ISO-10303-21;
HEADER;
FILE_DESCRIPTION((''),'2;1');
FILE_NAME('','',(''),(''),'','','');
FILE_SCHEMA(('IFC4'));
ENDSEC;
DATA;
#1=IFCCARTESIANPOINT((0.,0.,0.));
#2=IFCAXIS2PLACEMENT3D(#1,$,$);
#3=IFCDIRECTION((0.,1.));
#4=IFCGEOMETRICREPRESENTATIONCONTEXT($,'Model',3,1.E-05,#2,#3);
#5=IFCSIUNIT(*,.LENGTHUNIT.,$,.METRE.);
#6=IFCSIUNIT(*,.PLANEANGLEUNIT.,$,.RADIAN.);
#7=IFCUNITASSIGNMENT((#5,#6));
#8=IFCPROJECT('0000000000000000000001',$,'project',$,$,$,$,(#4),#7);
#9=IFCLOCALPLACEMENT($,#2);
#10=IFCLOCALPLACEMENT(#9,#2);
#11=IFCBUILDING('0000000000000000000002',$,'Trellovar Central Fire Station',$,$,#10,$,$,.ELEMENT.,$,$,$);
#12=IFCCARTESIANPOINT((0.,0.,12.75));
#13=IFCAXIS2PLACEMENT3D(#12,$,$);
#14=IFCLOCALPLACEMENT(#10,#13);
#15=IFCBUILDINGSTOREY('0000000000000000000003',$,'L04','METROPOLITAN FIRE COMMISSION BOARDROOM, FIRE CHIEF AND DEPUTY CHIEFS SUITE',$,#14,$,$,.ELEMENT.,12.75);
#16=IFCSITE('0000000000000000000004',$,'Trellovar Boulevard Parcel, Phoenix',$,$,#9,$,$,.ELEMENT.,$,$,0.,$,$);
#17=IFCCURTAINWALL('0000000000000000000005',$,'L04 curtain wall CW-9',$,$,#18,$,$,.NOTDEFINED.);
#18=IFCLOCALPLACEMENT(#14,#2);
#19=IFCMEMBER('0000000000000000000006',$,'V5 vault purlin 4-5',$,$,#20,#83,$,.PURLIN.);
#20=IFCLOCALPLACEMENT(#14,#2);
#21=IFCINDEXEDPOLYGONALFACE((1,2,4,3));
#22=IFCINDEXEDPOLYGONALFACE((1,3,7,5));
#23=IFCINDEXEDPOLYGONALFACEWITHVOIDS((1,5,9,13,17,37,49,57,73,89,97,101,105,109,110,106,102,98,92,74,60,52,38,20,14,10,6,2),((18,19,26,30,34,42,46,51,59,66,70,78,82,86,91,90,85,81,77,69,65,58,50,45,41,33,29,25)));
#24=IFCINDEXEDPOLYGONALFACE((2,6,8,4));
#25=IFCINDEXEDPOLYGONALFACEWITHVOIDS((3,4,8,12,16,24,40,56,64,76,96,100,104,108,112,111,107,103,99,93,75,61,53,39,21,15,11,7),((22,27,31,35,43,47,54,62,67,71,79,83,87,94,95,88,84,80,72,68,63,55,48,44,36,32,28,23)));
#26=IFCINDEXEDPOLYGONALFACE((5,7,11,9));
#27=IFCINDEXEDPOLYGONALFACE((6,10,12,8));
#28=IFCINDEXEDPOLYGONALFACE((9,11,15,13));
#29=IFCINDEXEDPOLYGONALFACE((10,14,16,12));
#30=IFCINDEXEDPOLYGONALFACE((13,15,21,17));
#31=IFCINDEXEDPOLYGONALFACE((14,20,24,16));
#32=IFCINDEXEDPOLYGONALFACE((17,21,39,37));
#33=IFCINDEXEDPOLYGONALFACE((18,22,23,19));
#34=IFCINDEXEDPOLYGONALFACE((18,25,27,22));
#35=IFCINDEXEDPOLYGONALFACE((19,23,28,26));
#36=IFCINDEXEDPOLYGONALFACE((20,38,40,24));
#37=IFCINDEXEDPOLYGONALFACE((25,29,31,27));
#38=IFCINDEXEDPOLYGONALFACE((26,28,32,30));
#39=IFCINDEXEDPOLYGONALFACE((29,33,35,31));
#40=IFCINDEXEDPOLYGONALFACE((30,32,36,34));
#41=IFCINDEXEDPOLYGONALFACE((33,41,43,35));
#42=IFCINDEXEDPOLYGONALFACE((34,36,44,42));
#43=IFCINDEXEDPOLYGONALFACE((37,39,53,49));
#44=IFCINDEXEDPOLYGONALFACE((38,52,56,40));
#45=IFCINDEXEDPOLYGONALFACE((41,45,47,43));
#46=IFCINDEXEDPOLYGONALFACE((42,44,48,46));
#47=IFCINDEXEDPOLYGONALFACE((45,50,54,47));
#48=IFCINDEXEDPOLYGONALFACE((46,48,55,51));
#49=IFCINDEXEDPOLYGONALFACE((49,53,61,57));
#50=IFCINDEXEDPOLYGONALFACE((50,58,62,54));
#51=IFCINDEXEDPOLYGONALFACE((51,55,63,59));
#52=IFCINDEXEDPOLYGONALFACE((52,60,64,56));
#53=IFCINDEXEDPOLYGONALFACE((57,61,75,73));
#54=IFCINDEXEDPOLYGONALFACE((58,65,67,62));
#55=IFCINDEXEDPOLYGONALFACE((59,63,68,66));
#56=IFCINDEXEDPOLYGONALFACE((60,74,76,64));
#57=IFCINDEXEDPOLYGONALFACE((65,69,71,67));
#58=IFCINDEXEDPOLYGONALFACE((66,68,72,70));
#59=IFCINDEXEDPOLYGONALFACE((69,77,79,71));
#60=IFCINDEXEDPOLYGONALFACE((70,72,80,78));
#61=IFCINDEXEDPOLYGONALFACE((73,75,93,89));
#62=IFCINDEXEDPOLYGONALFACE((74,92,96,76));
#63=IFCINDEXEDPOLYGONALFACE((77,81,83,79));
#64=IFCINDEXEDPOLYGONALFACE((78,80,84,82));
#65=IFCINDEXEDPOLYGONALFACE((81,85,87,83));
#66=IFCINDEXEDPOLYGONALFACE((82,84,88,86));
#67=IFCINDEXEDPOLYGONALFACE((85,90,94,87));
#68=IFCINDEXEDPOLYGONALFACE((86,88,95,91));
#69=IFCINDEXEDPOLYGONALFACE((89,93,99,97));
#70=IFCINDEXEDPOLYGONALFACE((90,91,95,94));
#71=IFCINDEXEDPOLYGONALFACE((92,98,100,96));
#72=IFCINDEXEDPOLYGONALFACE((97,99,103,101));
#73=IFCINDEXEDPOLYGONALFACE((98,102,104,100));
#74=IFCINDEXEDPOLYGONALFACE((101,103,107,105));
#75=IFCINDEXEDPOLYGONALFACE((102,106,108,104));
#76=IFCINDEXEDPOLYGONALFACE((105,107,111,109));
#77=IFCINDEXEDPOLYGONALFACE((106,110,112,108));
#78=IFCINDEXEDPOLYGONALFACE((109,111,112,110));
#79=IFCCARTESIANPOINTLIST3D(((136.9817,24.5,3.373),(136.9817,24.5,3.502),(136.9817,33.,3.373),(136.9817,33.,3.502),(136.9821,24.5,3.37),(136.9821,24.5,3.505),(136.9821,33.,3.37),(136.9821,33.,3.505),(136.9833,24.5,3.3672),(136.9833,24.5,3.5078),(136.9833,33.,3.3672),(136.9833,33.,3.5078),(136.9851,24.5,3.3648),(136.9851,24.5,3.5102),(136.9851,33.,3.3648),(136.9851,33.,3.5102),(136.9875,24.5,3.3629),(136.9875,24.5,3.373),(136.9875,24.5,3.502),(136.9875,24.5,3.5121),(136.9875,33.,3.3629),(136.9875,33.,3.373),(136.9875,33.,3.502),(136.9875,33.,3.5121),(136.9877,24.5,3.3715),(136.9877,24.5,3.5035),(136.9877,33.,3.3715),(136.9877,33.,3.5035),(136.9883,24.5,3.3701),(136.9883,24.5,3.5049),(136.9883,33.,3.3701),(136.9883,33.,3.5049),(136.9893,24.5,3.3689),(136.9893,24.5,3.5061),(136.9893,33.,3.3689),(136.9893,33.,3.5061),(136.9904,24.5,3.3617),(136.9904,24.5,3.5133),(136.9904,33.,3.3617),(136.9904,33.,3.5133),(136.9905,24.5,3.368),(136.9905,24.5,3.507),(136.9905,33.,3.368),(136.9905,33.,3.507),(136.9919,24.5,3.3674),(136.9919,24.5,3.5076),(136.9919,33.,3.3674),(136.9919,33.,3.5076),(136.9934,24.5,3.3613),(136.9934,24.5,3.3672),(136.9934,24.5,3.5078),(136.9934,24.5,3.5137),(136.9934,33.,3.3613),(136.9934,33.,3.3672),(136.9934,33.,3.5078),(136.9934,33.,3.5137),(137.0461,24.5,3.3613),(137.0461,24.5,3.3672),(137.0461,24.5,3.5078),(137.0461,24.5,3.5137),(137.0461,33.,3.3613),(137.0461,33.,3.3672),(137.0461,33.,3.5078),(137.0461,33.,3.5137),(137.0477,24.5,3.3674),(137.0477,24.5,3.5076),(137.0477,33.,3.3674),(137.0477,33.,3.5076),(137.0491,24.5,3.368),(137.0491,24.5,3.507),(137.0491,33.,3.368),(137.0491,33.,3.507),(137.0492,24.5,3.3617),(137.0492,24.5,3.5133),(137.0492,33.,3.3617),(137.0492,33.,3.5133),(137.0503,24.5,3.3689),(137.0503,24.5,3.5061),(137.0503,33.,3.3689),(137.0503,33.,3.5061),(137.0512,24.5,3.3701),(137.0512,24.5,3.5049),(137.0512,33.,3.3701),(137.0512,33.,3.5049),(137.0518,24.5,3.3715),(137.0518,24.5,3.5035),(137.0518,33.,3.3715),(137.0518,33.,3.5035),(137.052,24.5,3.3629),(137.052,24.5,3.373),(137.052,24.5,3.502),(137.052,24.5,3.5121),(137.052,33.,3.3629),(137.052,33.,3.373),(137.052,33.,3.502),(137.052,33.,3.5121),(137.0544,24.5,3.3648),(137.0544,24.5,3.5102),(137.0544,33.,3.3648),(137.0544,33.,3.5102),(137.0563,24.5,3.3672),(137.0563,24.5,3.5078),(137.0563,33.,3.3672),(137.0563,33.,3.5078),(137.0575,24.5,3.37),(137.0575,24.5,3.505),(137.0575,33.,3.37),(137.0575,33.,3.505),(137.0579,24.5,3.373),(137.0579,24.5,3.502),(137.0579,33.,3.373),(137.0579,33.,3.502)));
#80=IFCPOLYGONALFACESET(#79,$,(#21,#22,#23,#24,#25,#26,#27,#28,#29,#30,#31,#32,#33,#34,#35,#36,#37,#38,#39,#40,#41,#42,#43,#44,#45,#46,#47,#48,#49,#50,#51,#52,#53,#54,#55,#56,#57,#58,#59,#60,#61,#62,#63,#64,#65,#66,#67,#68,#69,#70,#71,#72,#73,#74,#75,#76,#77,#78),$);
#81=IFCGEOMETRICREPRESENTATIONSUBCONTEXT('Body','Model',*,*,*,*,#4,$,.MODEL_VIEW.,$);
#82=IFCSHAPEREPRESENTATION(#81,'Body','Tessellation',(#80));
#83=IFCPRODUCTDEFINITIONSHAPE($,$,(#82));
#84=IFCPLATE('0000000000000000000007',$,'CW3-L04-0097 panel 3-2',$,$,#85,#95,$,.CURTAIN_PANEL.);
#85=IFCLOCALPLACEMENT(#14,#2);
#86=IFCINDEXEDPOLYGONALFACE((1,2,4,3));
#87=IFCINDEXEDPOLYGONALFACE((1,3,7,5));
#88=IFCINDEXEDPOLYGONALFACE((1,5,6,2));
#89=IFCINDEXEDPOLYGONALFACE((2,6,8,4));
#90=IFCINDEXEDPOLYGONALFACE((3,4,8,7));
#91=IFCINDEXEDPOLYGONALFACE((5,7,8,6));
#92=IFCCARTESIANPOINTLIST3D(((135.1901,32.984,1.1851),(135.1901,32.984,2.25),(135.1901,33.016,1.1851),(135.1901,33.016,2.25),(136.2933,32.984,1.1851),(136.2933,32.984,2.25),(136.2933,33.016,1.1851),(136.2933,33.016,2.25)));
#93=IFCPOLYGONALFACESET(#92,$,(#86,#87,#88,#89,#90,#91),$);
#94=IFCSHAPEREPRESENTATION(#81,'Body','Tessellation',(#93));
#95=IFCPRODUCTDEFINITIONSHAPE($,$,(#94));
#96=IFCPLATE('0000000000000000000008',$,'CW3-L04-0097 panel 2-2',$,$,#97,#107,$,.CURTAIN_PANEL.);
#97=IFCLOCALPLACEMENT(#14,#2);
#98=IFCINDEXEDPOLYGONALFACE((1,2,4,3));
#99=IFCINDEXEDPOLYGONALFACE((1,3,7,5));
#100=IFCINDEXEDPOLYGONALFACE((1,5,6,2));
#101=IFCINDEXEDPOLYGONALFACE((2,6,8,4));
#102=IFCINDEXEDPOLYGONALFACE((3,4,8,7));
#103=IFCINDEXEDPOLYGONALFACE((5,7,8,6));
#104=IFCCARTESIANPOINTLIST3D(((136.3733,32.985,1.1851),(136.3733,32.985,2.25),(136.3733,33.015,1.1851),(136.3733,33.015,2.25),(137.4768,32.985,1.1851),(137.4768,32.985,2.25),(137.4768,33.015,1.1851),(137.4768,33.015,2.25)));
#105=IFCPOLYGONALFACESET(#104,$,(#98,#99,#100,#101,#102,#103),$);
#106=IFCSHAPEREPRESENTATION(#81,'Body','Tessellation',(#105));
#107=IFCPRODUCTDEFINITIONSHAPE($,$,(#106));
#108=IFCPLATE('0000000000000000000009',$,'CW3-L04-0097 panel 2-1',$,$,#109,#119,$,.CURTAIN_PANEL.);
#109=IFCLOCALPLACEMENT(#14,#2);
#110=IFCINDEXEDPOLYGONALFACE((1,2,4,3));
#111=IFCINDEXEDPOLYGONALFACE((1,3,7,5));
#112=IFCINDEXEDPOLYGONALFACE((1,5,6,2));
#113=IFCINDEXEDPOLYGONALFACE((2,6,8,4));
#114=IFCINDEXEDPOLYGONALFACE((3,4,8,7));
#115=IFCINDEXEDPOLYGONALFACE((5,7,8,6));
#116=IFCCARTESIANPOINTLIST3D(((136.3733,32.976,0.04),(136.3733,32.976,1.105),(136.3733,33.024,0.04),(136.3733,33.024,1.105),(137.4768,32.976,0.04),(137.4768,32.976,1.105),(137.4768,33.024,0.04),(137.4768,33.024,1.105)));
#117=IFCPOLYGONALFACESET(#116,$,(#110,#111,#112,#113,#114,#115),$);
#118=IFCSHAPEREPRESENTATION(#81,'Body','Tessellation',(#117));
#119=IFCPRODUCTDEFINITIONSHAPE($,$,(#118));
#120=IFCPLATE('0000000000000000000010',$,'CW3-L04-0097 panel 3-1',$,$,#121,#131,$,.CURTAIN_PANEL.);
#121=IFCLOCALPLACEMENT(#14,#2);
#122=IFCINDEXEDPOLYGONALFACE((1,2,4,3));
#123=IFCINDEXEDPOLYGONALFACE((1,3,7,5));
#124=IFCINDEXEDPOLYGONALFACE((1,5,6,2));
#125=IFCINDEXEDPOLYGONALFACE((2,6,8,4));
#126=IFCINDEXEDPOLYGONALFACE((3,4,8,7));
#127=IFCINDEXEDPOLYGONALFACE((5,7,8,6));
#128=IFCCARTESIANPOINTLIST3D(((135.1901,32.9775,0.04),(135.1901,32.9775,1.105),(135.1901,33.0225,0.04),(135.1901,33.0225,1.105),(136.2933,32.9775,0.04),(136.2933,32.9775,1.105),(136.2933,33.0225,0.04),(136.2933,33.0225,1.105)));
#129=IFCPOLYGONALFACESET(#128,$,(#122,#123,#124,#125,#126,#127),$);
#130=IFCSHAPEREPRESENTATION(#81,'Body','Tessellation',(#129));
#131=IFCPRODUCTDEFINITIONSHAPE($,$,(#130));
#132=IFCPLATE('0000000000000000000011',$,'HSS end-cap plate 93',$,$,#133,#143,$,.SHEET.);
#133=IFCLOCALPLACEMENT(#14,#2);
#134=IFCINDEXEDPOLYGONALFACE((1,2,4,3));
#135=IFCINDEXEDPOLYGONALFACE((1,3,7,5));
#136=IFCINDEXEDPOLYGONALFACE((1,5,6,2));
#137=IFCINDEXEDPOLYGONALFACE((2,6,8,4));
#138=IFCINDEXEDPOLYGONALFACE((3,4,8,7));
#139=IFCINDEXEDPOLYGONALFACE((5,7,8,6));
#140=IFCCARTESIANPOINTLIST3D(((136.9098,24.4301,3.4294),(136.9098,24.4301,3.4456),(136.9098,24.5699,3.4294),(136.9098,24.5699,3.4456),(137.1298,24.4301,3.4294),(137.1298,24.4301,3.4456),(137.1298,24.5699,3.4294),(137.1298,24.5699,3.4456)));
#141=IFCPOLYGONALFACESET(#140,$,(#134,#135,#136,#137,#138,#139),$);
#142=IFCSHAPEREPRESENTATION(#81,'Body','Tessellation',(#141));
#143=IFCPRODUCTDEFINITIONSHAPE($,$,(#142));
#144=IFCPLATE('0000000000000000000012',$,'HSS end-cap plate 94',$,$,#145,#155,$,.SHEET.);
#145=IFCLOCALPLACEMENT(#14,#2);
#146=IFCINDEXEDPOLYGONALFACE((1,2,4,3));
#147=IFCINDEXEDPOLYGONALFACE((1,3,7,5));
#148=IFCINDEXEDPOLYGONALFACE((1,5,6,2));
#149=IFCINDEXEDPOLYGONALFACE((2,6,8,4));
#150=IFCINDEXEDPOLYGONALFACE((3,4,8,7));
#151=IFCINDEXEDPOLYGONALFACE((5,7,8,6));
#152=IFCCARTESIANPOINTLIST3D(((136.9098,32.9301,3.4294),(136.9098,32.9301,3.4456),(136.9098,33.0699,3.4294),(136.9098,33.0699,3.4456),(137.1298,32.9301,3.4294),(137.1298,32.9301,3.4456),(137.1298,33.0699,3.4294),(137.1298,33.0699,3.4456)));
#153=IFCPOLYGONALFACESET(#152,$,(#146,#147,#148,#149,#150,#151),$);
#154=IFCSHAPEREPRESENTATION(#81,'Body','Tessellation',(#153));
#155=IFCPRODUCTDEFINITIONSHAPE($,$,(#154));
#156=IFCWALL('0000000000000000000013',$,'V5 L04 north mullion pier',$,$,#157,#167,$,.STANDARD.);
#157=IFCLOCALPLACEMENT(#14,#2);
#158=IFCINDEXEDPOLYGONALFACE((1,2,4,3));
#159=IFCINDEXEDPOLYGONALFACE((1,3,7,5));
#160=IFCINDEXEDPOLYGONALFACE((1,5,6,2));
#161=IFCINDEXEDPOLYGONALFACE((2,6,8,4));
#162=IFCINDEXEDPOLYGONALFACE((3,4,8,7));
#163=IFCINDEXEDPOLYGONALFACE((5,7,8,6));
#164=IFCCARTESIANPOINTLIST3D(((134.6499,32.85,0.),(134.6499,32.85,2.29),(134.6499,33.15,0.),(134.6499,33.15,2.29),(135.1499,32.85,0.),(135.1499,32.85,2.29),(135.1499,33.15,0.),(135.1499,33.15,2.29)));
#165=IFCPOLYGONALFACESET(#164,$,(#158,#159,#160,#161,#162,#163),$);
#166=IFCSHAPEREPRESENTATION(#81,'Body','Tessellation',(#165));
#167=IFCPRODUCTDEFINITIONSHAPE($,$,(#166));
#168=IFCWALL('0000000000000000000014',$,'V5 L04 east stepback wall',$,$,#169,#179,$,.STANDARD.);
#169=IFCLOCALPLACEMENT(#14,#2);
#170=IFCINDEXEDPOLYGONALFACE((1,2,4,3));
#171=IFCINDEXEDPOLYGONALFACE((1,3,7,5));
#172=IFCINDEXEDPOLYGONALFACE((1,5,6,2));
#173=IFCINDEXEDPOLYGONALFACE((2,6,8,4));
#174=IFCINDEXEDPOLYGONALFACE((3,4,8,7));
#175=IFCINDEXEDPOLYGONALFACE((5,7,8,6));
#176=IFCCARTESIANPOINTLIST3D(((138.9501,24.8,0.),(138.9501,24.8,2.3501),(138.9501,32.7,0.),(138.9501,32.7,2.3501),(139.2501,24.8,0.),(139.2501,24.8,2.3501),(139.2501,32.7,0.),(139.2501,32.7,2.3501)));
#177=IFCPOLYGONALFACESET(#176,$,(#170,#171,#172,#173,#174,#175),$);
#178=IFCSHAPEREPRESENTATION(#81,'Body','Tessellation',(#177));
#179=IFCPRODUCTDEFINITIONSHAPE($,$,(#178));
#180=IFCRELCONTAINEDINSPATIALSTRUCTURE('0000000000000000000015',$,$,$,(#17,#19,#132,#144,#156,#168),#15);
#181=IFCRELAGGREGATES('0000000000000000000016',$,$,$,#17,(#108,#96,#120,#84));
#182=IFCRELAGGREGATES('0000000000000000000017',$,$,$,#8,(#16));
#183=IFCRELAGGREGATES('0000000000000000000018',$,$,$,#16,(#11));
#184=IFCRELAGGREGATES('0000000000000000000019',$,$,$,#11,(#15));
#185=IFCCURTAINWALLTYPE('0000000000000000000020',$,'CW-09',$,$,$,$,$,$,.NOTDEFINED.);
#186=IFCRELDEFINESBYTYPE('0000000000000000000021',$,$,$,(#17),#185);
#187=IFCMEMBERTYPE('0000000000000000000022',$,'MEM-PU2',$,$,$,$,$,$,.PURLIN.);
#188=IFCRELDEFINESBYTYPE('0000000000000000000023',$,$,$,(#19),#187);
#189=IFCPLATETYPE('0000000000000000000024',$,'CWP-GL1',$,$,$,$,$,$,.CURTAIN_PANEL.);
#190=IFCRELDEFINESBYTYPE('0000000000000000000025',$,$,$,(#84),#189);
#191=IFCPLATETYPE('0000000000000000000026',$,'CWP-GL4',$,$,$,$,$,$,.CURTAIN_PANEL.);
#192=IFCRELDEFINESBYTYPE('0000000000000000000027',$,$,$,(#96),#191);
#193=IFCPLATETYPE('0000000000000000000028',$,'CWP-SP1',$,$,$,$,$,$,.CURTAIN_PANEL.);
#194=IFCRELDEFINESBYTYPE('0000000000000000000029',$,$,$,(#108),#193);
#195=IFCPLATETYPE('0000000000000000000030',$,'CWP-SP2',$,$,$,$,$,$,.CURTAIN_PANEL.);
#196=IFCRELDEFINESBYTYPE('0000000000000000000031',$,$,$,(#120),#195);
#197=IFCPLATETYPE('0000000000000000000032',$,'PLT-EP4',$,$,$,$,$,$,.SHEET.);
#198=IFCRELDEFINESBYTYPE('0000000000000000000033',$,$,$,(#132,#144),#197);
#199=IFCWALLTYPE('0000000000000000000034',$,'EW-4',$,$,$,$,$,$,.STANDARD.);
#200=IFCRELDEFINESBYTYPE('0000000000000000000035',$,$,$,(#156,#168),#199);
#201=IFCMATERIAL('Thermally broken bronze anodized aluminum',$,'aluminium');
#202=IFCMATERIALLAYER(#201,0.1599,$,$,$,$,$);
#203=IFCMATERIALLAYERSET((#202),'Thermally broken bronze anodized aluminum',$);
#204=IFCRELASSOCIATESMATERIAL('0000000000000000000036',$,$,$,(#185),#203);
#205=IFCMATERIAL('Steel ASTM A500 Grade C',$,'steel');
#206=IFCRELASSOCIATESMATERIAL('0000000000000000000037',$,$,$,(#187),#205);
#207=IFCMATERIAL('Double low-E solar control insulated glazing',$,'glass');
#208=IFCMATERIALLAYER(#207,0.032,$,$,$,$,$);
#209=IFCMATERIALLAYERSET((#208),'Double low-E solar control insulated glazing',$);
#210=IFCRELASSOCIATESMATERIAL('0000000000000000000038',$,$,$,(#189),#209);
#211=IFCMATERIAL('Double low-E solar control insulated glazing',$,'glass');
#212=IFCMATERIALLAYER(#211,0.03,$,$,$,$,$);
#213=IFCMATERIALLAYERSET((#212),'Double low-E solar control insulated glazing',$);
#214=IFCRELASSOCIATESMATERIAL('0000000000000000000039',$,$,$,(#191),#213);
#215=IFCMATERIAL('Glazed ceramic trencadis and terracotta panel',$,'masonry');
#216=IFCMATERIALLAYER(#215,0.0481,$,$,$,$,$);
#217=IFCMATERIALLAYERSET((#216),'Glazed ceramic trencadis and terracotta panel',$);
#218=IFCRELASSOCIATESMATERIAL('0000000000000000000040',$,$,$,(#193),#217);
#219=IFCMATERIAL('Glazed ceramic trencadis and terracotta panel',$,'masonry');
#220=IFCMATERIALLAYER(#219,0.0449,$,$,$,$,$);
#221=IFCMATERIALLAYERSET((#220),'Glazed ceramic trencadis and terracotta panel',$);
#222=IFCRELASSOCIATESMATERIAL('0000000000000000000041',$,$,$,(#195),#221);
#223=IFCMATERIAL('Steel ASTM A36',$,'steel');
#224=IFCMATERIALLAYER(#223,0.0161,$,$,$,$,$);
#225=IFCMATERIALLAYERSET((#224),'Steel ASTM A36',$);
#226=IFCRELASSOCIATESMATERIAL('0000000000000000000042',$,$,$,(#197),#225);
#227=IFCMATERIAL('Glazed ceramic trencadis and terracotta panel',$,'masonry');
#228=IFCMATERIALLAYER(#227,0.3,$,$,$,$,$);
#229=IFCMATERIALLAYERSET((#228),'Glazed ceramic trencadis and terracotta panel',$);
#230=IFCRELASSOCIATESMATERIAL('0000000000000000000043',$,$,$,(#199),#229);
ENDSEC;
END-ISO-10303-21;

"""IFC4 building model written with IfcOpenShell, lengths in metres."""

from ifc_helpers import new_model, si_unit, direction, frame, frame_2d, origin, origin_2d, place, context, subcontext, project, spatial, rectangle, hollow_rectangle, extrude, material, layer, layer_set, material_profile, profile_set, type_object, element, aggregate, save


model = new_model("IFC4")

# Units and contexts
model_context = context("Model", 3, precision=1e-05, world=origin(), true_north=direction((0.0, 1.0)))
body_context = subcontext(model_context, "Body", "Model", "MODEL_VIEW")
ifc_project = project(units=[si_unit("LENGTHUNIT", "METRE"), si_unit("PLANEANGLEUNIT", "RADIAN")], contexts=[model_context])

# Site, building, storey
site_placement = place(None, origin())
site = spatial("IfcSite", under=ifc_project, at=site_placement, Name="Trellovar Boulevard Parcel, Phoenix", CompositionType="ELEMENT", RefElevation=0.0)
building_placement = place(site_placement, origin())
building = spatial("IfcBuilding", under=site, at=building_placement, Name="Trellovar Central Fire Station", CompositionType="ELEMENT")
storey_placement = place(building_placement, frame((0.0, 0.0, 12.75)))
storey = spatial("IfcBuildingStorey", under=building, at=storey_placement, Name="L04", Description="METROPOLITAN FIRE COMMISSION BOARDROOM, FIRE CHIEF AND DEPUTY CHIEFS SUITE", CompositionType="ELEMENT", Elevation=12.75)

# Curtain wall
ifc_material_1 = material(Name="Thermally broken bronze anodized aluminum", Category="aluminium")
ifc_layer_1 = layer(ifc_material_1, 0.1599)
ifc_layer_set_1 = layer_set([ifc_layer_1], Name="Thermally broken bronze anodized aluminum")
curtain_wall_type_1 = type_object("IfcCurtainWallType", Name="CW-09", PredefinedType="NOTDEFINED", material=ifc_layer_set_1)
curtain_wall_1_placement = place(storey_placement, origin())
curtain_wall_1 = element("IfcCurtainWall", 1, at=curtain_wall_1_placement, inside=storey, type_object=curtain_wall_type_1, Name="L04 curtain wall CW-9", PredefinedType="NOTDEFINED")

# Member
ifc_material_2 = material(Name="Steel ASTM A500 Grade C", Category="steel")
ifc_material_profile_1 = material_profile(ifc_material_2, hollow_rectangle(XDim=0.0762, YDim=0.1523, WallThickness=0.0059, InnerFilletRadius=0.0059, OuterFilletRadius=0.0117, at=origin_2d()), Name="HSS6X3X1/4")
ifc_profile_set_1 = profile_set([ifc_material_profile_1], Name="Steel ASTM A500 Grade C")
member_type_1 = type_object("IfcMemberType", Name="MEM-PU2", PredefinedType="PURLIN", material=ifc_profile_set_1)
member_1_placement = place(storey_placement, frame((137.0198, 24.5, 3.4375), z_axis=(0.0, 1.0, 0.0), x_axis=(-1.0, 0.0, 0.0)))
element("IfcMember", 2, at=member_1_placement, inside=storey, type_object=member_type_1, Name="V5 vault purlin 4-5", PredefinedType="PURLIN", context=body_context, shape_type="SweptSolid", body=[
    extrude(hollow_rectangle(XDim=0.0762, YDim=0.1523, WallThickness=0.0059, InnerFilletRadius=0.0059, OuterFilletRadius=0.0117, at=origin_2d()), origin(), (0.0, 0.0, 1.0), 8.5),
])

# Plates
ifc_material_3 = material(Name="Double low-E solar control insulated glazing", Category="glass")
ifc_layer_2 = layer(ifc_material_3, 0.032)
ifc_layer_set_2 = layer_set([ifc_layer_2], Name="Double low-E solar control insulated glazing")
plate_type_1 = type_object("IfcPlateType", Name="CWP-GL1", PredefinedType="CURTAIN_PANEL", material=ifc_layer_set_2)
plate_1_placement = place(storey_placement, frame((135.7417, 33.0, 1.1851), z_axis=(0.0, 0.0, 1.0), x_axis=(-1.0, 0.0, 0.0)))
plate_1 = element("IfcPlate", 3, at=plate_1_placement, type_object=plate_type_1, Name="CW3-L04-0097 panel 3-2", PredefinedType="CURTAIN_PANEL", context=body_context, shape_type="SweptSolid", body=[
    extrude(rectangle(XDim=1.1033, YDim=0.032, at=origin_2d()), origin(), (0.0, 0.0, 1.0), 1.0649),
])
ifc_material_4 = material(Name="Double low-E solar control insulated glazing", Category="glass")
ifc_layer_3 = layer(ifc_material_4, 0.03)
ifc_layer_set_3 = layer_set([ifc_layer_3], Name="Double low-E solar control insulated glazing")
plate_type_2 = type_object("IfcPlateType", Name="CWP-GL4", PredefinedType="CURTAIN_PANEL", material=ifc_layer_set_3)
plate_2_placement = place(storey_placement, frame((136.925, 33.0, 1.1851), z_axis=(0.0, 0.0, 1.0), x_axis=(-1.0, 0.0, 0.0)))
plate_2 = element("IfcPlate", 4, at=plate_2_placement, type_object=plate_type_2, Name="CW3-L04-0097 panel 2-2", PredefinedType="CURTAIN_PANEL", context=body_context, shape_type="SweptSolid", body=[
    extrude(rectangle(XDim=1.1035, YDim=0.03, at=origin_2d()), origin(), (0.0, 0.0, 1.0), 1.0649),
])
ifc_material_5 = material(Name="Glazed ceramic trencadis and terracotta panel", Category="masonry")
ifc_layer_4 = layer(ifc_material_5, 0.0481)
ifc_layer_set_4 = layer_set([ifc_layer_4], Name="Glazed ceramic trencadis and terracotta panel")
plate_type_3 = type_object("IfcPlateType", Name="CWP-SP1", PredefinedType="CURTAIN_PANEL", material=ifc_layer_set_4)
plate_3_placement = place(storey_placement, frame((136.925, 33.0, 0.04), z_axis=(0.0, 0.0, 1.0), x_axis=(-1.0, 0.0, 0.0)))
plate_3 = element("IfcPlate", 5, at=plate_3_placement, type_object=plate_type_3, Name="CW3-L04-0097 panel 2-1", PredefinedType="CURTAIN_PANEL", context=body_context, shape_type="SweptSolid", body=[
    extrude(rectangle(XDim=1.1035, YDim=0.0481, at=origin_2d()), origin(), (0.0, 0.0, 1.0), 1.0649),
])
ifc_material_6 = material(Name="Glazed ceramic trencadis and terracotta panel", Category="masonry")
ifc_layer_5 = layer(ifc_material_6, 0.0449)
ifc_layer_set_5 = layer_set([ifc_layer_5], Name="Glazed ceramic trencadis and terracotta panel")
plate_type_4 = type_object("IfcPlateType", Name="CWP-SP2", PredefinedType="CURTAIN_PANEL", material=ifc_layer_set_5)
plate_4_placement = place(storey_placement, frame((135.7417, 33.0, 0.04), z_axis=(0.0, 0.0, 1.0), x_axis=(-1.0, 0.0, 0.0)))
plate_4 = element("IfcPlate", 6, at=plate_4_placement, type_object=plate_type_4, Name="CW3-L04-0097 panel 3-1", PredefinedType="CURTAIN_PANEL", context=body_context, shape_type="SweptSolid", body=[
    extrude(rectangle(XDim=1.1033, YDim=0.0449, at=origin_2d()), origin(), (0.0, 0.0, 1.0), 1.0649),
])
aggregate(curtain_wall_1, [plate_3, plate_2, plate_4, plate_1])

# Plates
ifc_material_7 = material(Name="Steel ASTM A36", Category="steel")
ifc_layer_6 = layer(ifc_material_7, 0.0161)
ifc_layer_set_6 = layer_set([ifc_layer_6], Name="Steel ASTM A36")
plate_type_5 = type_object("IfcPlateType", Name="PLT-EP4", PredefinedType="SHEET", material=ifc_layer_set_6)
for number, where, z_axis, x_axis, name in (
    (7, (137.0198, 24.5, 3.4294), (0.0, 0.0, 1.0), (1.0, 0.0, 0.0), "HSS end-cap plate 93"),
    (8, (137.0198, 33.0, 3.4294), (0.0, 0.0, 1.0), (1.0, 0.0, 0.0), "HSS end-cap plate 94"),
):
    element("IfcPlate", number, at=place(storey_placement, frame(where, z_axis=z_axis, x_axis=x_axis)), inside=storey, type_object=plate_type_5, Name=name, PredefinedType="SHEET", context=body_context, shape_type="SweptSolid", body=[
        extrude(rectangle(XDim=0.22, YDim=0.1399, at=origin_2d()), origin(), (0.0, 0.0, 1.0), 0.0161),
    ])

# Walls
ifc_material_8 = material(Name="Glazed ceramic trencadis and terracotta panel", Category="masonry")
ifc_layer_7 = layer(ifc_material_8, 0.3)
ifc_layer_set_7 = layer_set([ifc_layer_7], Name="Glazed ceramic trencadis and terracotta panel")
wall_type = type_object("IfcWallType", Name="EW-4", PredefinedType="STANDARD", material=ifc_layer_set_7)
wall_1_placement = place(storey_placement, frame((135.1499, 33.0, 0.0), z_axis=(0.0, 0.0, 1.0), x_axis=(-1.0, 0.0, 0.0)))
element("IfcWall", 9, at=wall_1_placement, inside=storey, type_object=wall_type, Name="V5 L04 north mullion pier", PredefinedType="STANDARD", context=body_context, shape_type="SweptSolid", body=[
    extrude(rectangle(XDim=0.5, YDim=0.3, at=frame_2d((0.25, 0.0))), origin(), (0.0, 0.0, 1.0), 2.29),
])
wall_2_placement = place(storey_placement, frame((139.1001, 24.8, 0.0), z_axis=(0.0, 0.0, 1.0), x_axis=(0.0, 1.0, 0.0)))
element("IfcWall", 10, at=wall_2_placement, inside=storey, type_object=wall_type, Name="V5 L04 east stepback wall", PredefinedType="STANDARD", context=body_context, shape_type="SweptSolid", body=[
    extrude(rectangle(XDim=7.8999, YDim=0.3, at=frame_2d((3.95, 0.0))), origin(), (0.0, 0.0, 1.0), 2.3501),
])

save(model, "model.ifc")
